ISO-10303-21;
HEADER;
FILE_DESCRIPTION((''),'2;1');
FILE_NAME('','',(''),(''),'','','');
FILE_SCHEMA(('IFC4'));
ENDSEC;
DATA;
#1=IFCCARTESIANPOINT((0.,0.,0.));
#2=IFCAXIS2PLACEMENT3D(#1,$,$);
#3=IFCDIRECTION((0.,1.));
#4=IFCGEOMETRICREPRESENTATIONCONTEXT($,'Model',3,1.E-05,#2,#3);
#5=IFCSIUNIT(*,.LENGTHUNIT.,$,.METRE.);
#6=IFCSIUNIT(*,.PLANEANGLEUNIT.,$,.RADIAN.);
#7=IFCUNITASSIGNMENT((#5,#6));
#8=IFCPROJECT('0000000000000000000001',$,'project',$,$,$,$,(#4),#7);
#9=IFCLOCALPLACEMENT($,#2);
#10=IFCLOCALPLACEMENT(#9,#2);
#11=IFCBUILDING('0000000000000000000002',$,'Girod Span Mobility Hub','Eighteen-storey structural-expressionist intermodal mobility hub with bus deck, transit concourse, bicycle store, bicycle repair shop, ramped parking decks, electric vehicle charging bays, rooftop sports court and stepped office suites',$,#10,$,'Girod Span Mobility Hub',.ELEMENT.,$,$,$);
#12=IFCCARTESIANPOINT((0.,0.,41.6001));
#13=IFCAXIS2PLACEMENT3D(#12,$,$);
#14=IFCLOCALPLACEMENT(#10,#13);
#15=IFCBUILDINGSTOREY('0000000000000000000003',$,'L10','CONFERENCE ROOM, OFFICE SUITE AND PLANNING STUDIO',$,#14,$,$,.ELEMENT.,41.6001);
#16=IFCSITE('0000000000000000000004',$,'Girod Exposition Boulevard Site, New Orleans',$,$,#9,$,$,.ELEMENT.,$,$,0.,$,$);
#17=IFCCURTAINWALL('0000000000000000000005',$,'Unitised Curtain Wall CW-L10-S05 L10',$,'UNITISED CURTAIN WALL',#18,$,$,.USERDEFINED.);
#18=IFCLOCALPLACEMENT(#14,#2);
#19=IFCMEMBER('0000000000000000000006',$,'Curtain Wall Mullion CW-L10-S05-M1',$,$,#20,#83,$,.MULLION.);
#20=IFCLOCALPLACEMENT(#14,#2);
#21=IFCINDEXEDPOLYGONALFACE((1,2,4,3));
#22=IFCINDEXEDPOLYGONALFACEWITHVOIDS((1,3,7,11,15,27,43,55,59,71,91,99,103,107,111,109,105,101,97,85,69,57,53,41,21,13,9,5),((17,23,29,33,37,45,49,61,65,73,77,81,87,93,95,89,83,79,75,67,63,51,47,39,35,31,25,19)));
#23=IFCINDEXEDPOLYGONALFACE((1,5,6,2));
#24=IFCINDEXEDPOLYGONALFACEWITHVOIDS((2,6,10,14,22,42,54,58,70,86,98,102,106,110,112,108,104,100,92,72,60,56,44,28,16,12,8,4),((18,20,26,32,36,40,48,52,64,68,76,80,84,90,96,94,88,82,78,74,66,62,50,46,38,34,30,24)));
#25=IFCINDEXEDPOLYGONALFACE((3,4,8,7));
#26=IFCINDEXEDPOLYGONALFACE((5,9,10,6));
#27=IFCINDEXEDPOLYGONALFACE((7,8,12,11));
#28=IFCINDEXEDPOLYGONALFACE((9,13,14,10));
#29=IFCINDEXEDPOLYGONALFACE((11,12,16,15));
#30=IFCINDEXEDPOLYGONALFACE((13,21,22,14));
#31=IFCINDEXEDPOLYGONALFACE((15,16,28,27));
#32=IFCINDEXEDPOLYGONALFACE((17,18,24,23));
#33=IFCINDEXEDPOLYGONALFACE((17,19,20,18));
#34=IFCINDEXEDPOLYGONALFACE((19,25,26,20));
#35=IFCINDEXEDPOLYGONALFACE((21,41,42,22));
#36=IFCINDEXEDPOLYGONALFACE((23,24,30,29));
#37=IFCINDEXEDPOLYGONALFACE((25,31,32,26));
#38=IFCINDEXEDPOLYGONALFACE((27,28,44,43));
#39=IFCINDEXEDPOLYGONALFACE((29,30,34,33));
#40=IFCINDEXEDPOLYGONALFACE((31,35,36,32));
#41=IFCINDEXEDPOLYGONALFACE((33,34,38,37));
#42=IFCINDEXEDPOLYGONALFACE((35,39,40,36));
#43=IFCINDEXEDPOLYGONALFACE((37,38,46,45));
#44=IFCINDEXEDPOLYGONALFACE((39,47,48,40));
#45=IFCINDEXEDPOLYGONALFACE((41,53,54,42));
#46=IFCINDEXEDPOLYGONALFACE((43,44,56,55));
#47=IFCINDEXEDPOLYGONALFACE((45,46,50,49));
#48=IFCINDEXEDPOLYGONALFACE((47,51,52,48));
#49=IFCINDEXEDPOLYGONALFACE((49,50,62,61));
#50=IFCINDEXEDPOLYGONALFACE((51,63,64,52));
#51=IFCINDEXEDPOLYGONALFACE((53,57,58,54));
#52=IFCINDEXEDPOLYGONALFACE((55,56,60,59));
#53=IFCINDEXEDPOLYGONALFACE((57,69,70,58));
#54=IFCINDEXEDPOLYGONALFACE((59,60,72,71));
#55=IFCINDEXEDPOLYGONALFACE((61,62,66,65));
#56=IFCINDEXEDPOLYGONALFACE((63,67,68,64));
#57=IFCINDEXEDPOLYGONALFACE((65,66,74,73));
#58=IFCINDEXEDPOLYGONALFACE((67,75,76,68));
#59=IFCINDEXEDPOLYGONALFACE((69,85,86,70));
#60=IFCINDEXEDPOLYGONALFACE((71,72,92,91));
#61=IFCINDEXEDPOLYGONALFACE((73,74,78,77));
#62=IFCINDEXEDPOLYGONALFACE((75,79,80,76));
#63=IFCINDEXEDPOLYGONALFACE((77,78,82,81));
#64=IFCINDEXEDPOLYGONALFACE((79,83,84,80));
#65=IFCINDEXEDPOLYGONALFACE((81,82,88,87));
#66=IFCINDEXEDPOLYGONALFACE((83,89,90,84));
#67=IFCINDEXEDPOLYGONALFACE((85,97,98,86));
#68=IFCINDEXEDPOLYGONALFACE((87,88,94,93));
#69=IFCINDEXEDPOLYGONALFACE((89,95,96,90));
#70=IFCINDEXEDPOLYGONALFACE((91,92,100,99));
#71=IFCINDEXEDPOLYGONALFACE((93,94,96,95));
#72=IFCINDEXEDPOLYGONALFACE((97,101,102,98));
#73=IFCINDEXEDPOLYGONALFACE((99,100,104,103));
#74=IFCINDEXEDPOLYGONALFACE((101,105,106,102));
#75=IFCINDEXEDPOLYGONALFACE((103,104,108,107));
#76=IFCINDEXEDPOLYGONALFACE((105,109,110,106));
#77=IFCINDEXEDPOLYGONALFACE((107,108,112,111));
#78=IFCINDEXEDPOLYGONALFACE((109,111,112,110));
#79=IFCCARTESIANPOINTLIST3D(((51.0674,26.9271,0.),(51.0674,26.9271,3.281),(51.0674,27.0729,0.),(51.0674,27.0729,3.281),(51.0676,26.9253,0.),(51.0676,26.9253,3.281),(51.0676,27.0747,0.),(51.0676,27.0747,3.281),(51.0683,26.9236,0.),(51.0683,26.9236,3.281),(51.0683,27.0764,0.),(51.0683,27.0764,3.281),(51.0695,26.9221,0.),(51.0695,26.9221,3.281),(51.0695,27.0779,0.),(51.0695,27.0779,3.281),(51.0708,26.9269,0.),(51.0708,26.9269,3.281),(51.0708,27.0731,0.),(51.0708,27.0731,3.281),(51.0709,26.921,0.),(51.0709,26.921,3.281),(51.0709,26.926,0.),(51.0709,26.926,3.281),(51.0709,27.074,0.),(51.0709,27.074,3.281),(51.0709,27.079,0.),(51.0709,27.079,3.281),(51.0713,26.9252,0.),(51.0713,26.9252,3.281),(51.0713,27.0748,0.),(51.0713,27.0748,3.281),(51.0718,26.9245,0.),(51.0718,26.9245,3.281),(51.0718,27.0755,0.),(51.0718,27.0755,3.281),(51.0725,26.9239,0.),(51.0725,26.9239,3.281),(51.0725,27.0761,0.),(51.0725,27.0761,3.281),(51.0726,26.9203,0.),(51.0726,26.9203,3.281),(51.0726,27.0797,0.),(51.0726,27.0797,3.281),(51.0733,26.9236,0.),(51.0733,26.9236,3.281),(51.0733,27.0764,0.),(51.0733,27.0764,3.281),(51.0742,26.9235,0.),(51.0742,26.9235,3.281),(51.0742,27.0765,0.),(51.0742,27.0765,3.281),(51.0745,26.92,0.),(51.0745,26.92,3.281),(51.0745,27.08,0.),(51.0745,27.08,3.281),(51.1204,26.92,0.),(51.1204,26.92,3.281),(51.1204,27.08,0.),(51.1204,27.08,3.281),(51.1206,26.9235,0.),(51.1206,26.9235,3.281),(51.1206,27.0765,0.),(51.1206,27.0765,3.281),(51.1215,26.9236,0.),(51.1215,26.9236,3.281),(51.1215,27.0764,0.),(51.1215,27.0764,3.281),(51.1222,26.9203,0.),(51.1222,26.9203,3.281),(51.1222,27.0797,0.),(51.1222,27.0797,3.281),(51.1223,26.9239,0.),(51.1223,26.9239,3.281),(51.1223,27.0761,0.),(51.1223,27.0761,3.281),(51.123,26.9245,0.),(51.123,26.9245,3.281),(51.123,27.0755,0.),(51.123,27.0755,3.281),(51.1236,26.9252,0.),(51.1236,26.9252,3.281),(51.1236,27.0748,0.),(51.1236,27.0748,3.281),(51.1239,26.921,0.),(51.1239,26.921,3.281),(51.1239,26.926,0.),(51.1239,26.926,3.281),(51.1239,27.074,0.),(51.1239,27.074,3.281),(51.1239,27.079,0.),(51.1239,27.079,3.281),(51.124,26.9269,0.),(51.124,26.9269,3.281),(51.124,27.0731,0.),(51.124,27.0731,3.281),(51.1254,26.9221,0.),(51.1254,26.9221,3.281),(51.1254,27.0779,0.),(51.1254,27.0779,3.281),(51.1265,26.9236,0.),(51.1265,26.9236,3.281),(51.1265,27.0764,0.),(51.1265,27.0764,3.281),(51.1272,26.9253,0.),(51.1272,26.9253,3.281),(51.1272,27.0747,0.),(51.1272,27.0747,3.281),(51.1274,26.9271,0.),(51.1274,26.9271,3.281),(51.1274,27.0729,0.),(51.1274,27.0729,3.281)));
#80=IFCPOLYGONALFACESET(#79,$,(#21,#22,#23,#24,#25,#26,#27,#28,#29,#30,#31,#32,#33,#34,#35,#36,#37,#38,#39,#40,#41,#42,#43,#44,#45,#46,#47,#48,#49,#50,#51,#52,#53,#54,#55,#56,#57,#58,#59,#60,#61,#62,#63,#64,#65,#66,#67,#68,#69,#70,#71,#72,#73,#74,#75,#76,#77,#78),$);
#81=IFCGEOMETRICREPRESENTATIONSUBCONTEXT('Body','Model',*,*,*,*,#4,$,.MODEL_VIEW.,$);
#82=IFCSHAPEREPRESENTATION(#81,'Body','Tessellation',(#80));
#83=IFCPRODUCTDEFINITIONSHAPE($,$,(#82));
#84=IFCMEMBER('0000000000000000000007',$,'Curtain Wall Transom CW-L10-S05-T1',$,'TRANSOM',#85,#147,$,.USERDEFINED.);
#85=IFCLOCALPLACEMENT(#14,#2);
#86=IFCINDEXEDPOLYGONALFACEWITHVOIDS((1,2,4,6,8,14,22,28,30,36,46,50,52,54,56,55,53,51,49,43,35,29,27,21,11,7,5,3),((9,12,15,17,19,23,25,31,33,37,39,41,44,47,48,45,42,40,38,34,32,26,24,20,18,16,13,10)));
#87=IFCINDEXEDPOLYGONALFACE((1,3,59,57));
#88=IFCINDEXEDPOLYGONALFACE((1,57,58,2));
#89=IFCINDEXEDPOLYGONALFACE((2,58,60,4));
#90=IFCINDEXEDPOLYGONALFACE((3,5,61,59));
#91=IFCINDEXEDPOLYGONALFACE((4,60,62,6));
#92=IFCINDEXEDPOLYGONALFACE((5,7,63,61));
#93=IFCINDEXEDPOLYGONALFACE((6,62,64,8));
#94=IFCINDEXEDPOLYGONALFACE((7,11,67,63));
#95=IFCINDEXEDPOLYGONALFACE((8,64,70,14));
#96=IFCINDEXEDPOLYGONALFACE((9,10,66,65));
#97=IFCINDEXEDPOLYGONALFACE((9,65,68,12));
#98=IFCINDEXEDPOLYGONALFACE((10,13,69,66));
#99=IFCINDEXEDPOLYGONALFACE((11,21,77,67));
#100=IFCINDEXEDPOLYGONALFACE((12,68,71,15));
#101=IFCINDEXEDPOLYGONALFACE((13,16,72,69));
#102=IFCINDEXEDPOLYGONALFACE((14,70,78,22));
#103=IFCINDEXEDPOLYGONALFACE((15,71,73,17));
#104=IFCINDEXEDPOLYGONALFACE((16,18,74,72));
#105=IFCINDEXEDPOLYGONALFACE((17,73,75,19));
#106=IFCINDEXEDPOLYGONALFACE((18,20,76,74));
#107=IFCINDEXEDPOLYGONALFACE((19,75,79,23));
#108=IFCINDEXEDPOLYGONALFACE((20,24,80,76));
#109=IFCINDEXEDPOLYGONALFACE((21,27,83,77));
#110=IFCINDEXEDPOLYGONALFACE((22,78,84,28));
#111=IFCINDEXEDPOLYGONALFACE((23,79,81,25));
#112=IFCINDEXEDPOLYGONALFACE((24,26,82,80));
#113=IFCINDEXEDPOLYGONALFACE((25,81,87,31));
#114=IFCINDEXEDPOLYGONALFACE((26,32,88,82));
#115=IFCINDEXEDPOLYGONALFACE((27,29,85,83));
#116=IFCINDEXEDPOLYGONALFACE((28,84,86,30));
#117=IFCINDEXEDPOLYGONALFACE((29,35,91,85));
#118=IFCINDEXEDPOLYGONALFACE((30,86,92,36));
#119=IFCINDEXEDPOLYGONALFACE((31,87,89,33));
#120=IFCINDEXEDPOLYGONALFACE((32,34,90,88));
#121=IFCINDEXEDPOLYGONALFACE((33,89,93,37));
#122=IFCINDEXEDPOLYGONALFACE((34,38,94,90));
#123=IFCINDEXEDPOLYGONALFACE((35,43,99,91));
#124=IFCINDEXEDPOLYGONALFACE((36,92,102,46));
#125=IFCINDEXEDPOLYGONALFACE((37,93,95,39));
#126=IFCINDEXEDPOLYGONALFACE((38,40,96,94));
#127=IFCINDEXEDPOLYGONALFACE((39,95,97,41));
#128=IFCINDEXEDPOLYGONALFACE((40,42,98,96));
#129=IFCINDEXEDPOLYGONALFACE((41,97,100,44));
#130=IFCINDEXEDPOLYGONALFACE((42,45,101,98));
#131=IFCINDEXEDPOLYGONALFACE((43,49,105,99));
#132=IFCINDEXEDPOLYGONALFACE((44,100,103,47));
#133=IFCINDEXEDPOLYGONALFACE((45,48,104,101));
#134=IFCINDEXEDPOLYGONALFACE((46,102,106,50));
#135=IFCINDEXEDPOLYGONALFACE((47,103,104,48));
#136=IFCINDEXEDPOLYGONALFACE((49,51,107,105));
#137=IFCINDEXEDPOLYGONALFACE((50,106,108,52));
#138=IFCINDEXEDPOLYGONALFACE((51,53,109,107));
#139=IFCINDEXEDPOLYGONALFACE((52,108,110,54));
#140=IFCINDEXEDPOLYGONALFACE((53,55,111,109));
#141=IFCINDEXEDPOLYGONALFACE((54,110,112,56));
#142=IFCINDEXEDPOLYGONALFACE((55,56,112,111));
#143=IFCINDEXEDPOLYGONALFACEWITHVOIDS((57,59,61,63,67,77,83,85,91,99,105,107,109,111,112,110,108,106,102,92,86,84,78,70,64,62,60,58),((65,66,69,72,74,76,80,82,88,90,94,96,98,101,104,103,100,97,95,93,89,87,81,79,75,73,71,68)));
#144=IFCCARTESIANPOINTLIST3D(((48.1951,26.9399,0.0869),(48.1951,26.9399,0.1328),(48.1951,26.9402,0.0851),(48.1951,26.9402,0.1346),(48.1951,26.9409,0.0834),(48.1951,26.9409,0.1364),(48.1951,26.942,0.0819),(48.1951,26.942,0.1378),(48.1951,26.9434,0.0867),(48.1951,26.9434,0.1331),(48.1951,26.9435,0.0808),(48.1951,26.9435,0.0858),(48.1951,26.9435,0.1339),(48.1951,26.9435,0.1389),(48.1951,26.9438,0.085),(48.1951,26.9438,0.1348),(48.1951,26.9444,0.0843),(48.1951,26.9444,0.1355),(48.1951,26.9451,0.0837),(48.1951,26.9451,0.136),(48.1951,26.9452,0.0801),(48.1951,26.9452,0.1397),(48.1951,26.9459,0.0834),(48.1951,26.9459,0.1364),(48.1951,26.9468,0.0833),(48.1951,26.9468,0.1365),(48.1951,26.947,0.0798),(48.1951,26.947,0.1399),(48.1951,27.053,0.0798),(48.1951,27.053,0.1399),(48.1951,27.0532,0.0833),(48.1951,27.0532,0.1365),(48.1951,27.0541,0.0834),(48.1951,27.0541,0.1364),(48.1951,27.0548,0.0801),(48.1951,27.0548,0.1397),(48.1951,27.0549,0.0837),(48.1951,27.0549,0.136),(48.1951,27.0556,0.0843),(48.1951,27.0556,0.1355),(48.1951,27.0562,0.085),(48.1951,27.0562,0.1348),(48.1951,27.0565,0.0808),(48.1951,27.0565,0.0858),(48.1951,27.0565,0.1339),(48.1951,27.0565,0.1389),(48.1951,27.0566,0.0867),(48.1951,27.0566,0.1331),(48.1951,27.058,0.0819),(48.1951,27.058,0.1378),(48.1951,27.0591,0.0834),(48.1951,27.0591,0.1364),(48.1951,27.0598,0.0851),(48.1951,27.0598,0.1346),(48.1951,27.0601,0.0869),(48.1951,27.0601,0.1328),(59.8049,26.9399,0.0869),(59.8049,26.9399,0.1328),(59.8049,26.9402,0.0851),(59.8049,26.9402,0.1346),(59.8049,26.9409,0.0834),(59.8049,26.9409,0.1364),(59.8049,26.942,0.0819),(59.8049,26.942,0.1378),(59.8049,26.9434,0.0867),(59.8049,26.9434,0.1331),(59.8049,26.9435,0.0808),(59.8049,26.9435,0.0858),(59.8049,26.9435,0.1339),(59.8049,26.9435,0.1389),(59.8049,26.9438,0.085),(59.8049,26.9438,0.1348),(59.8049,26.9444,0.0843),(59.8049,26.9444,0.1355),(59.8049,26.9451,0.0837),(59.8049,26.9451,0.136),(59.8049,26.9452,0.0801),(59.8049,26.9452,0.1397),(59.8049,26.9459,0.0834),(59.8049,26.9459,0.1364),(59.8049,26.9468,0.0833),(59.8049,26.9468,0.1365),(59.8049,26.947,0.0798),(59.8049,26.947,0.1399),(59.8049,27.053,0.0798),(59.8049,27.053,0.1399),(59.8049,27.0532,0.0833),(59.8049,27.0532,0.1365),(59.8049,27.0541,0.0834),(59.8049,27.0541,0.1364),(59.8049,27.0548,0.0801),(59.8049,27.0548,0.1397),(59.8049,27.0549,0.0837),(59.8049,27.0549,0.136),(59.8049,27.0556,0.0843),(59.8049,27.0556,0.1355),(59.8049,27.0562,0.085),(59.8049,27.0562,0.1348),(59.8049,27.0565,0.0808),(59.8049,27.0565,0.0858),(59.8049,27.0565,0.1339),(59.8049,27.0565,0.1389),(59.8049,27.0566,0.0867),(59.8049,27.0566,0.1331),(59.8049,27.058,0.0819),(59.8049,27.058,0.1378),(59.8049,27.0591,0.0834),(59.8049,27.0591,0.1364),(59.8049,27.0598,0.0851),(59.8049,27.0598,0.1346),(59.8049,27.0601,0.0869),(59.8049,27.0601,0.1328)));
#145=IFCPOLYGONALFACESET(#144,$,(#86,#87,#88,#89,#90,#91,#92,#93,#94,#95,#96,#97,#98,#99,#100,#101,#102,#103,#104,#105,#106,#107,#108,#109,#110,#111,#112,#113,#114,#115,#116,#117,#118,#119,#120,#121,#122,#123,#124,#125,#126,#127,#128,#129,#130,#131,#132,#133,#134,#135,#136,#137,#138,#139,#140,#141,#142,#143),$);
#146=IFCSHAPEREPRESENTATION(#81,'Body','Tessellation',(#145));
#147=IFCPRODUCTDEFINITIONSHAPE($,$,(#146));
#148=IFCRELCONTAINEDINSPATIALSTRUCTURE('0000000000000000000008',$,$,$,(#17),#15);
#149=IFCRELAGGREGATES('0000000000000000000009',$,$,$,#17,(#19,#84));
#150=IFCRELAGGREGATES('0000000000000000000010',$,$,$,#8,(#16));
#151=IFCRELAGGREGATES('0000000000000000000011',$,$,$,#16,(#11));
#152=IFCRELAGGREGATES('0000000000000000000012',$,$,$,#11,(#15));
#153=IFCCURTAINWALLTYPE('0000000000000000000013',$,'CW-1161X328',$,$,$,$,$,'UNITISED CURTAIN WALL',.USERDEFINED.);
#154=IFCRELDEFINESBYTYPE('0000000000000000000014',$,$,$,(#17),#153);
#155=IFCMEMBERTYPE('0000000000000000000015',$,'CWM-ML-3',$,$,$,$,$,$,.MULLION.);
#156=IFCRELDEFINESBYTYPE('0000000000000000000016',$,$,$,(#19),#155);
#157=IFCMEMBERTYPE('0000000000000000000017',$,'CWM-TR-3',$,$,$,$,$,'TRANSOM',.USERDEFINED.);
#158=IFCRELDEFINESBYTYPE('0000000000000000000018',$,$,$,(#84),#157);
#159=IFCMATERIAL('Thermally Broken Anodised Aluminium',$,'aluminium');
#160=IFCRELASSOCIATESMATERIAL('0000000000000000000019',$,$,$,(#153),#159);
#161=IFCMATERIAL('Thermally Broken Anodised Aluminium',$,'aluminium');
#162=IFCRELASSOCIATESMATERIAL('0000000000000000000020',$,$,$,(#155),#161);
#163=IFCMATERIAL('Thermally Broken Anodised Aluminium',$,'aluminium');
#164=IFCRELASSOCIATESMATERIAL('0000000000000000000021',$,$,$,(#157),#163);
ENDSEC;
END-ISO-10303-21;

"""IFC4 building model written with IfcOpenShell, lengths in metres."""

from ifc_helpers import new_model, si_unit, direction, frame, origin, origin_2d, place, context, subcontext, project, spatial, hollow_rectangle, extrude, material, material_profile, profile_set, type_object, element, aggregate, save


model = new_model("IFC4")

# Units and contexts
model_context = context("Model", 3, precision=1e-05, world=origin(), true_north=direction((0.0, 1.0)))
body_context = subcontext(model_context, "Body", "Model", "MODEL_VIEW")
ifc_project = project(units=[si_unit("LENGTHUNIT", "METRE"), si_unit("PLANEANGLEUNIT", "RADIAN")], contexts=[model_context])

# Site, building, storey
site_placement = place(None, origin())
site = spatial("IfcSite", under=ifc_project, at=site_placement, Name="Girod Exposition Boulevard Site, New Orleans", CompositionType="ELEMENT", RefElevation=0.0)
building_placement = place(site_placement, origin())
building = spatial("IfcBuilding", under=site, at=building_placement, Name="Girod Span Mobility Hub", Description="Eighteen-storey structural-expressionist intermodal mobility hub with bus deck, transit concourse, bicycle store, bicycle repair shop, ramped parking decks, electric vehicle charging bays, rooftop sports court and stepped office suites", LongName="Girod Span Mobility Hub", CompositionType="ELEMENT")
storey_placement = place(building_placement, frame((0.0, 0.0, 41.6001)))
storey = spatial("IfcBuildingStorey", under=building, at=storey_placement, Name="L10", Description="CONFERENCE ROOM, OFFICE SUITE AND PLANNING STUDIO", CompositionType="ELEMENT", Elevation=41.6001)

# Curtain wall, members
ifc_material_1 = material(Name="Thermally Broken Anodised Aluminium", Category="aluminium")
curtain_wall_type = type_object("IfcCurtainWallType", Name="CW-1161X328", ElementType="UNITISED CURTAIN WALL", PredefinedType="USERDEFINED", material=ifc_material_1)
ifc_material_2 = material(Name="Thermally Broken Anodised Aluminium", Category="aluminium")
ifc_material_profile_1 = material_profile(ifc_material_2, hollow_rectangle(XDim=0.1599, YDim=0.0601, WallThickness=0.0034, InnerFilletRadius=0.0034, OuterFilletRadius=0.0071, at=origin_2d()), Name="CW-ML-60X160")
ifc_profile_set_1 = profile_set([ifc_material_profile_1], Name="Thermally Broken Anodised Aluminium")
member_type_1 = type_object("IfcMemberType", Name="CWM-ML-3", PredefinedType="MULLION", material=ifc_profile_set_1)
curtain_wall_1_placement = place(storey_placement, origin())
curtain_wall_1 = element("IfcCurtainWall", 1, at=curtain_wall_1_placement, inside=storey, type_object=curtain_wall_type, Name="Unitised Curtain Wall CW-L10-S05 L10", ObjectType="UNITISED CURTAIN WALL", PredefinedType="USERDEFINED")
member_1_placement = place(storey_placement, frame((51.0974, 27.0, 0.0), z_axis=(0.0, 0.0, 1.0), x_axis=(0.0, 1.0, 0.0)))
member_1 = element("IfcMember", 2, at=member_1_placement, type_object=member_type_1, Name="Curtain Wall Mullion CW-L10-S05-M1", PredefinedType="MULLION", context=body_context, shape_type="SweptSolid", body=[
    extrude(hollow_rectangle(XDim=0.1599, YDim=0.0601, WallThickness=0.0034, InnerFilletRadius=0.0034, OuterFilletRadius=0.0071, at=origin_2d()), origin(), (0.0, 0.0, 1.0), 3.281),
])
ifc_material_3 = material(Name="Thermally Broken Anodised Aluminium", Category="aluminium")
ifc_material_profile_2 = material_profile(ifc_material_3, hollow_rectangle(XDim=0.1201, YDim=0.0601, WallThickness=0.0034, InnerFilletRadius=0.0034, OuterFilletRadius=0.0071, at=origin_2d()), Name="CW-TR-60X120")
ifc_profile_set_2 = profile_set([ifc_material_profile_2], Name="Thermally Broken Anodised Aluminium")
member_type_2 = type_object("IfcMemberType", Name="CWM-TR-3", ElementType="TRANSOM", PredefinedType="USERDEFINED", material=ifc_profile_set_2)
member_2_placement = place(storey_placement, frame((48.1951, 27.0, 0.1099), z_axis=(1.0, 0.0, 0.0), x_axis=(0.0, 1.0, 0.0)))
member_2 = element("IfcMember", 3, at=member_2_placement, type_object=member_type_2, Name="Curtain Wall Transom CW-L10-S05-T1", ObjectType="TRANSOM", PredefinedType="USERDEFINED", context=body_context, shape_type="SweptSolid", body=[
    extrude(hollow_rectangle(XDim=0.1201, YDim=0.0601, WallThickness=0.0034, InnerFilletRadius=0.0034, OuterFilletRadius=0.0071, at=origin_2d()), origin(), (0.0, 0.0, 1.0), 11.6099),
])

aggregate(curtain_wall_1, [member_1, member_2])

save(model, "model.ifc")
